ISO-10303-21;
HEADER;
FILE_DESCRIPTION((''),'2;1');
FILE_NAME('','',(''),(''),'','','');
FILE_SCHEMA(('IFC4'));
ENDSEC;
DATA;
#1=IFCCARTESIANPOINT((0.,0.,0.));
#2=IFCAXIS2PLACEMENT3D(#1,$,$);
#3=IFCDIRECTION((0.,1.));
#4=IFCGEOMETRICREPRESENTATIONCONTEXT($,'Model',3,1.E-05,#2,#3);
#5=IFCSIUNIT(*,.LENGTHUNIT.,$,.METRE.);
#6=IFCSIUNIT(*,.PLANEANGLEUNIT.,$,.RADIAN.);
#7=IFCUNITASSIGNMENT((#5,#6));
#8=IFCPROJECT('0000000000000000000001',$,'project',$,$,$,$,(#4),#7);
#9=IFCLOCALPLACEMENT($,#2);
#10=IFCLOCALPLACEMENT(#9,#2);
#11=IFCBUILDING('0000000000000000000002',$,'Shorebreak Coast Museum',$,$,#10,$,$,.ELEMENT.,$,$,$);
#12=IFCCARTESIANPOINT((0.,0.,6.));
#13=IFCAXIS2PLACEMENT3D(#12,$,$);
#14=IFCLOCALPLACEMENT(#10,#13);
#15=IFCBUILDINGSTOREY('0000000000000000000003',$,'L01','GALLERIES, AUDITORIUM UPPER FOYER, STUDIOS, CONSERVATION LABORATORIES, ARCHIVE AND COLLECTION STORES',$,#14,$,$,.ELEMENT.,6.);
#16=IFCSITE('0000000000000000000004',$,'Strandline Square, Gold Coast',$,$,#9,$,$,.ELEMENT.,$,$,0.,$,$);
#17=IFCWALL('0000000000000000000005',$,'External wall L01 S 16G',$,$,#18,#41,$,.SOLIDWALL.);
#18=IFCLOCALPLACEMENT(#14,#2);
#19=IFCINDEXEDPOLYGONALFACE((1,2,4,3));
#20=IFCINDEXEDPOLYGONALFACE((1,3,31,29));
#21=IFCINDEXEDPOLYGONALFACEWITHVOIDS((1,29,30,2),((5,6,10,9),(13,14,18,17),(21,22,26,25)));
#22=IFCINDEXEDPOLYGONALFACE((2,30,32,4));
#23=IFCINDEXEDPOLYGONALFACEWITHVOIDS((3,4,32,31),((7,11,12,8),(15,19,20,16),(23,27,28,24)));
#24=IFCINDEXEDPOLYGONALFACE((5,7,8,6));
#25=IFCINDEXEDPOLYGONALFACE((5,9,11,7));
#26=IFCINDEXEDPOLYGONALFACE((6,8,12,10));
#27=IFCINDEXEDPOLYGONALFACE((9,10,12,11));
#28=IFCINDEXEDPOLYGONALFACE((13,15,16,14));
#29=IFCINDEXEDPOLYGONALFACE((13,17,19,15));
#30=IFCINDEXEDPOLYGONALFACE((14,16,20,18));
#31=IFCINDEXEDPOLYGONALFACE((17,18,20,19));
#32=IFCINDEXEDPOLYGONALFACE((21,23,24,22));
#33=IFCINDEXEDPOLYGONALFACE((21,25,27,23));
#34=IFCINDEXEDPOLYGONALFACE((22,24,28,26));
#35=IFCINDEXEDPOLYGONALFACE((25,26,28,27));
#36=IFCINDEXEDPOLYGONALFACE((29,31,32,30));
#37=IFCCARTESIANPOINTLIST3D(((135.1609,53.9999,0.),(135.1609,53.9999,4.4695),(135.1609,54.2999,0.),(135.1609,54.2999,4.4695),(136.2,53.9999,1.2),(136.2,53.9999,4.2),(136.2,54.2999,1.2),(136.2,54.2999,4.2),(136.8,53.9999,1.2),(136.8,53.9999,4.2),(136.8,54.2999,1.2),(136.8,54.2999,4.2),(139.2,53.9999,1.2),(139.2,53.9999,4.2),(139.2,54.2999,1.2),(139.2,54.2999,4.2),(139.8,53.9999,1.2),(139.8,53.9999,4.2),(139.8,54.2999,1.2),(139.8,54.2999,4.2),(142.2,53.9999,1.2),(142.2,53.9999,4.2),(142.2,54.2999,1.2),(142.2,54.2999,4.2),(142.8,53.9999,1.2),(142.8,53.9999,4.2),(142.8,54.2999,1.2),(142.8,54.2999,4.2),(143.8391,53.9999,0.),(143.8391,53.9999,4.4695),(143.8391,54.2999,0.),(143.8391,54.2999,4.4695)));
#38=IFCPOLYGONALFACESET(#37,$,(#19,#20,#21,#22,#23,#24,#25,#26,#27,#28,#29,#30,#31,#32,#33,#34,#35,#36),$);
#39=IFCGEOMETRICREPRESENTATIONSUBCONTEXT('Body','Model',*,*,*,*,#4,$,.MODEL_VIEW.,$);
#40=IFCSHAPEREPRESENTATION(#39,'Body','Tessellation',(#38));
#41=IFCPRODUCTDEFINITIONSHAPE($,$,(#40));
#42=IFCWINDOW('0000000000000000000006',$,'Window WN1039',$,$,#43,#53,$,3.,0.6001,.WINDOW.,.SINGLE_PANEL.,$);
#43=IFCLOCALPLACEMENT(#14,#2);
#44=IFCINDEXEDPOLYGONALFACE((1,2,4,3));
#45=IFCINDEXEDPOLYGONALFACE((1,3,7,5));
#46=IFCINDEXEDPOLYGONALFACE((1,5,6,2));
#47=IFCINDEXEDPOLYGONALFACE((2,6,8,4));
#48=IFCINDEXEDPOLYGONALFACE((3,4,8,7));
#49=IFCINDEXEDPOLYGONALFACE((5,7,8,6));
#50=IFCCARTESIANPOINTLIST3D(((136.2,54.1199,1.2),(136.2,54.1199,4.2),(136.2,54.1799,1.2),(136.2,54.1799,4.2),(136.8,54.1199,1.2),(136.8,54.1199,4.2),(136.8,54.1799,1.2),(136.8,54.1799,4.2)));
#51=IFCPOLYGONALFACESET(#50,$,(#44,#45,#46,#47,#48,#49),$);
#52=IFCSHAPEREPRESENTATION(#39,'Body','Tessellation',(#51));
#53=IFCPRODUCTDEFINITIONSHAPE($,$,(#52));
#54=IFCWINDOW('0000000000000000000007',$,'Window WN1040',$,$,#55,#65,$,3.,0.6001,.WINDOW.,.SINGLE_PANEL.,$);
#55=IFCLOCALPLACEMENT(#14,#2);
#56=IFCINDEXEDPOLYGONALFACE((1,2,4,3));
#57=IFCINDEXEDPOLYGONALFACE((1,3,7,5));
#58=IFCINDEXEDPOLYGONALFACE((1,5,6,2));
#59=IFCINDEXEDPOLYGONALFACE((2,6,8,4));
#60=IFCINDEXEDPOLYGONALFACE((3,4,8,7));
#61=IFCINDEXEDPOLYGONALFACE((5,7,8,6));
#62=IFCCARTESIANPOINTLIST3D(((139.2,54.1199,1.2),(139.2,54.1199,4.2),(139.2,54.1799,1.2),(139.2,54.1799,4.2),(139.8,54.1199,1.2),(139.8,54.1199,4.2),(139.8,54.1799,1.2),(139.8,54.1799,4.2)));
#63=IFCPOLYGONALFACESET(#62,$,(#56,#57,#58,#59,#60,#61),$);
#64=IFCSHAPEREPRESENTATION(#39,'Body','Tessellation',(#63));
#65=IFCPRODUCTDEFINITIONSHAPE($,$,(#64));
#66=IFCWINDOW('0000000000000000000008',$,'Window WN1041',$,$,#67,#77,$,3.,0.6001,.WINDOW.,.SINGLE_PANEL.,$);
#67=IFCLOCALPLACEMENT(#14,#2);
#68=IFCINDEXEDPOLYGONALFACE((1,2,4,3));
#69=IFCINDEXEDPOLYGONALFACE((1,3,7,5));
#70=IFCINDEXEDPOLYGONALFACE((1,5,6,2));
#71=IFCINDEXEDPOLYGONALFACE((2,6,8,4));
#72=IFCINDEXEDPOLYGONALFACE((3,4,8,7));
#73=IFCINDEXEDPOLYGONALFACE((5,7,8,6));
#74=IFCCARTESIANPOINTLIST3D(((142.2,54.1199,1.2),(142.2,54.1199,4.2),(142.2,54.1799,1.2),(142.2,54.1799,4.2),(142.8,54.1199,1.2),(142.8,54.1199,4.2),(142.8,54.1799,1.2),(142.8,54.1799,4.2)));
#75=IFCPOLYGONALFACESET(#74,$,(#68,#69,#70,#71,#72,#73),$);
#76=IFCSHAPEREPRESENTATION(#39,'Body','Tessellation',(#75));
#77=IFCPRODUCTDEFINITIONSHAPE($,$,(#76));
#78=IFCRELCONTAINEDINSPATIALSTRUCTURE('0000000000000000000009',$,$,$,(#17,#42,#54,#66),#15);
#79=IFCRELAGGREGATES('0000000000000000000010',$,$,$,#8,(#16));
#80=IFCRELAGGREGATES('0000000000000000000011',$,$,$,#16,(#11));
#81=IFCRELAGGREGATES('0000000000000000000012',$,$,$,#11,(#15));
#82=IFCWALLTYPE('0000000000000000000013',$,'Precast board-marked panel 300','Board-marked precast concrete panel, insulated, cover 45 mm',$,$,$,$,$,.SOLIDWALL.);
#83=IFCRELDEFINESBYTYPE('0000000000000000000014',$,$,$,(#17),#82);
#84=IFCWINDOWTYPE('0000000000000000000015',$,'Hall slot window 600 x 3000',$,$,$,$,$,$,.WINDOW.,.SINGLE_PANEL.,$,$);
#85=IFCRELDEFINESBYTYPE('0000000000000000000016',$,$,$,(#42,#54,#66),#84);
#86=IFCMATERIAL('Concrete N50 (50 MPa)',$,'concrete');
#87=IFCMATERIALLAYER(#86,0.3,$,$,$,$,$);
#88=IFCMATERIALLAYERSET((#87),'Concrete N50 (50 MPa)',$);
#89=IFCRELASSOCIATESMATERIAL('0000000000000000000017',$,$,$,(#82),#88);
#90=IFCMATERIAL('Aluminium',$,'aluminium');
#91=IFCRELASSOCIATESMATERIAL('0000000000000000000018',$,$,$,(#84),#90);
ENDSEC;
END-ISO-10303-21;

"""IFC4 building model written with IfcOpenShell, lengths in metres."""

from ifc_helpers import new_model, si_unit, direction, frame, frame_2d, origin, place, context, subcontext, project, spatial, rectangle, extrude, material, layer, layer_set, type_object, element, fill, save


model = new_model("IFC4")

# Units and contexts
model_context = context("Model", 3, precision=1e-05, world=origin(), true_north=direction((0.0, 1.0)))
body_context = subcontext(model_context, "Body", "Model", "MODEL_VIEW")
ifc_project = project(units=[si_unit("LENGTHUNIT", "METRE"), si_unit("PLANEANGLEUNIT", "RADIAN")], contexts=[model_context])

# Site, building, storey
site_placement = place(None, origin())
site = spatial("IfcSite", under=ifc_project, at=site_placement, Name="Strandline Square, Gold Coast", CompositionType="ELEMENT", RefElevation=0.0)
building_placement = place(site_placement, origin())
building = spatial("IfcBuilding", under=site, at=building_placement, Name="Shorebreak Coast Museum", CompositionType="ELEMENT")
storey_placement = place(building_placement, frame((0.0, 0.0, 6.0)))
storey = spatial("IfcBuildingStorey", under=building, at=storey_placement, Name="L01", Description="GALLERIES, AUDITORIUM UPPER FOYER, STUDIOS, CONSERVATION LABORATORIES, ARCHIVE AND COLLECTION STORES", CompositionType="ELEMENT", Elevation=6.0)

# Wall, openings, windows
ifc_material_1 = material(Name="Concrete N50 (50 MPa)", Category="concrete")
ifc_layer_1 = layer(ifc_material_1, 0.3)
ifc_layer_set_1 = layer_set([ifc_layer_1], Name="Concrete N50 (50 MPa)")
wall_type_1 = type_object("IfcWallType", Name="Precast board-marked panel 300", Description="Board-marked precast concrete panel, insulated, cover 45 mm", PredefinedType="SOLIDWALL", material=ifc_layer_set_1)
ifc_material_2 = material(Name="Aluminium", Category="aluminium")
window_type = type_object("IfcWindowType", Name="Hall slot window 600 x 3000", PartitioningType="SINGLE_PANEL", PredefinedType="WINDOW", material=ifc_material_2)
wall_1_placement = place(storey_placement, frame((135.1609, 54.1499, 0.0), z_axis=(0.0, 0.0, 1.0), x_axis=(1.0, 0.0, 0.0)))
wall_1 = element("IfcWall", 1, at=wall_1_placement, inside=storey, type_object=wall_type_1, Name="External wall L01 S 16G", PredefinedType="SOLIDWALL", context=body_context, shape_type="SweptSolid", body=[
    extrude(rectangle(XDim=8.6782, YDim=0.3, at=frame_2d((4.3391, 0.0))), origin(), (0.0, 0.0, 1.0), 4.4695),
])
opening_1_placement = place(wall_1_placement, frame((1.0391, 0.0, 1.2)))
opening_1 = element("IfcOpeningElement", 2, at=opening_1_placement, cuts=wall_1, PredefinedType="OPENING", context=body_context, shape_type="SweptSolid", body=[
    extrude(rectangle(XDim=0.6001, YDim=3.0, at=frame_2d((0.3, 1.5))), frame((0.0, 0.1599, 0.0), z_axis=(0.0, -1.0, 0.0), x_axis=(1.0, 0.0, 0.0)), (0.0, 0.0, 1.0), 0.3201),
])
opening_2_placement = place(wall_1_placement, frame((4.0391, 0.0, 1.2)))
opening_2 = element("IfcOpeningElement", 3, at=opening_2_placement, cuts=wall_1, PredefinedType="OPENING", context=body_context, shape_type="SweptSolid", body=[
    extrude(rectangle(XDim=0.6001, YDim=3.0, at=frame_2d((0.3, 1.5))), frame((0.0, 0.1599, 0.0), z_axis=(0.0, -1.0, 0.0), x_axis=(1.0, 0.0, 0.0)), (0.0, 0.0, 1.0), 0.3201),
])
opening_3_placement = place(wall_1_placement, frame((7.0391, 0.0, 1.2)))
opening_3 = element("IfcOpeningElement", 4, at=opening_3_placement, cuts=wall_1, PredefinedType="OPENING", context=body_context, shape_type="SweptSolid", body=[
    extrude(rectangle(XDim=0.6001, YDim=3.0, at=frame_2d((0.3, 1.5))), frame((0.0, 0.1599, 0.0), z_axis=(0.0, -1.0, 0.0), x_axis=(1.0, 0.0, 0.0)), (0.0, 0.0, 1.0), 0.3201),
])
window_1_placement = place(opening_1_placement, origin())
window_1 = element("IfcWindow", 5, at=window_1_placement, inside=storey, type_object=window_type, Name="Window WN1039", OverallHeight=3.0, OverallWidth=0.6001, PartitioningType="SINGLE_PANEL", PredefinedType="WINDOW", context=body_context, shape_type="SweptSolid", body=[
    extrude(rectangle(XDim=0.6001, YDim=3.0, at=frame_2d((0.3, 1.5))), frame((0.0, 0.03, 0.0), z_axis=(0.0, -1.0, 0.0), x_axis=(1.0, 0.0, 0.0)), (0.0, 0.0, 1.0), 0.0601),
])
fill(opening_1, window_1)
window_2_placement = place(opening_2_placement, origin())
window_2 = element("IfcWindow", 6, at=window_2_placement, inside=storey, type_object=window_type, Name="Window WN1040", OverallHeight=3.0, OverallWidth=0.6001, PartitioningType="SINGLE_PANEL", PredefinedType="WINDOW", context=body_context, shape_type="SweptSolid", body=[
    extrude(rectangle(XDim=0.6001, YDim=3.0, at=frame_2d((0.3, 1.5))), frame((0.0, 0.03, 0.0), z_axis=(0.0, -1.0, 0.0), x_axis=(1.0, 0.0, 0.0)), (0.0, 0.0, 1.0), 0.0601),
])
fill(opening_2, window_2)
window_3_placement = place(opening_3_placement, origin())
window_3 = element("IfcWindow", 7, at=window_3_placement, inside=storey, type_object=window_type, Name="Window WN1041", OverallHeight=3.0, OverallWidth=0.6001, PartitioningType="SINGLE_PANEL", PredefinedType="WINDOW", context=body_context, shape_type="SweptSolid", body=[
    extrude(rectangle(XDim=0.6001, YDim=3.0, at=frame_2d((0.3, 1.5))), frame((0.0, 0.03, 0.0), z_axis=(0.0, -1.0, 0.0), x_axis=(1.0, 0.0, 0.0)), (0.0, 0.0, 1.0), 0.0601),
])
fill(opening_3, window_3)

save(model, "model.ifc")
